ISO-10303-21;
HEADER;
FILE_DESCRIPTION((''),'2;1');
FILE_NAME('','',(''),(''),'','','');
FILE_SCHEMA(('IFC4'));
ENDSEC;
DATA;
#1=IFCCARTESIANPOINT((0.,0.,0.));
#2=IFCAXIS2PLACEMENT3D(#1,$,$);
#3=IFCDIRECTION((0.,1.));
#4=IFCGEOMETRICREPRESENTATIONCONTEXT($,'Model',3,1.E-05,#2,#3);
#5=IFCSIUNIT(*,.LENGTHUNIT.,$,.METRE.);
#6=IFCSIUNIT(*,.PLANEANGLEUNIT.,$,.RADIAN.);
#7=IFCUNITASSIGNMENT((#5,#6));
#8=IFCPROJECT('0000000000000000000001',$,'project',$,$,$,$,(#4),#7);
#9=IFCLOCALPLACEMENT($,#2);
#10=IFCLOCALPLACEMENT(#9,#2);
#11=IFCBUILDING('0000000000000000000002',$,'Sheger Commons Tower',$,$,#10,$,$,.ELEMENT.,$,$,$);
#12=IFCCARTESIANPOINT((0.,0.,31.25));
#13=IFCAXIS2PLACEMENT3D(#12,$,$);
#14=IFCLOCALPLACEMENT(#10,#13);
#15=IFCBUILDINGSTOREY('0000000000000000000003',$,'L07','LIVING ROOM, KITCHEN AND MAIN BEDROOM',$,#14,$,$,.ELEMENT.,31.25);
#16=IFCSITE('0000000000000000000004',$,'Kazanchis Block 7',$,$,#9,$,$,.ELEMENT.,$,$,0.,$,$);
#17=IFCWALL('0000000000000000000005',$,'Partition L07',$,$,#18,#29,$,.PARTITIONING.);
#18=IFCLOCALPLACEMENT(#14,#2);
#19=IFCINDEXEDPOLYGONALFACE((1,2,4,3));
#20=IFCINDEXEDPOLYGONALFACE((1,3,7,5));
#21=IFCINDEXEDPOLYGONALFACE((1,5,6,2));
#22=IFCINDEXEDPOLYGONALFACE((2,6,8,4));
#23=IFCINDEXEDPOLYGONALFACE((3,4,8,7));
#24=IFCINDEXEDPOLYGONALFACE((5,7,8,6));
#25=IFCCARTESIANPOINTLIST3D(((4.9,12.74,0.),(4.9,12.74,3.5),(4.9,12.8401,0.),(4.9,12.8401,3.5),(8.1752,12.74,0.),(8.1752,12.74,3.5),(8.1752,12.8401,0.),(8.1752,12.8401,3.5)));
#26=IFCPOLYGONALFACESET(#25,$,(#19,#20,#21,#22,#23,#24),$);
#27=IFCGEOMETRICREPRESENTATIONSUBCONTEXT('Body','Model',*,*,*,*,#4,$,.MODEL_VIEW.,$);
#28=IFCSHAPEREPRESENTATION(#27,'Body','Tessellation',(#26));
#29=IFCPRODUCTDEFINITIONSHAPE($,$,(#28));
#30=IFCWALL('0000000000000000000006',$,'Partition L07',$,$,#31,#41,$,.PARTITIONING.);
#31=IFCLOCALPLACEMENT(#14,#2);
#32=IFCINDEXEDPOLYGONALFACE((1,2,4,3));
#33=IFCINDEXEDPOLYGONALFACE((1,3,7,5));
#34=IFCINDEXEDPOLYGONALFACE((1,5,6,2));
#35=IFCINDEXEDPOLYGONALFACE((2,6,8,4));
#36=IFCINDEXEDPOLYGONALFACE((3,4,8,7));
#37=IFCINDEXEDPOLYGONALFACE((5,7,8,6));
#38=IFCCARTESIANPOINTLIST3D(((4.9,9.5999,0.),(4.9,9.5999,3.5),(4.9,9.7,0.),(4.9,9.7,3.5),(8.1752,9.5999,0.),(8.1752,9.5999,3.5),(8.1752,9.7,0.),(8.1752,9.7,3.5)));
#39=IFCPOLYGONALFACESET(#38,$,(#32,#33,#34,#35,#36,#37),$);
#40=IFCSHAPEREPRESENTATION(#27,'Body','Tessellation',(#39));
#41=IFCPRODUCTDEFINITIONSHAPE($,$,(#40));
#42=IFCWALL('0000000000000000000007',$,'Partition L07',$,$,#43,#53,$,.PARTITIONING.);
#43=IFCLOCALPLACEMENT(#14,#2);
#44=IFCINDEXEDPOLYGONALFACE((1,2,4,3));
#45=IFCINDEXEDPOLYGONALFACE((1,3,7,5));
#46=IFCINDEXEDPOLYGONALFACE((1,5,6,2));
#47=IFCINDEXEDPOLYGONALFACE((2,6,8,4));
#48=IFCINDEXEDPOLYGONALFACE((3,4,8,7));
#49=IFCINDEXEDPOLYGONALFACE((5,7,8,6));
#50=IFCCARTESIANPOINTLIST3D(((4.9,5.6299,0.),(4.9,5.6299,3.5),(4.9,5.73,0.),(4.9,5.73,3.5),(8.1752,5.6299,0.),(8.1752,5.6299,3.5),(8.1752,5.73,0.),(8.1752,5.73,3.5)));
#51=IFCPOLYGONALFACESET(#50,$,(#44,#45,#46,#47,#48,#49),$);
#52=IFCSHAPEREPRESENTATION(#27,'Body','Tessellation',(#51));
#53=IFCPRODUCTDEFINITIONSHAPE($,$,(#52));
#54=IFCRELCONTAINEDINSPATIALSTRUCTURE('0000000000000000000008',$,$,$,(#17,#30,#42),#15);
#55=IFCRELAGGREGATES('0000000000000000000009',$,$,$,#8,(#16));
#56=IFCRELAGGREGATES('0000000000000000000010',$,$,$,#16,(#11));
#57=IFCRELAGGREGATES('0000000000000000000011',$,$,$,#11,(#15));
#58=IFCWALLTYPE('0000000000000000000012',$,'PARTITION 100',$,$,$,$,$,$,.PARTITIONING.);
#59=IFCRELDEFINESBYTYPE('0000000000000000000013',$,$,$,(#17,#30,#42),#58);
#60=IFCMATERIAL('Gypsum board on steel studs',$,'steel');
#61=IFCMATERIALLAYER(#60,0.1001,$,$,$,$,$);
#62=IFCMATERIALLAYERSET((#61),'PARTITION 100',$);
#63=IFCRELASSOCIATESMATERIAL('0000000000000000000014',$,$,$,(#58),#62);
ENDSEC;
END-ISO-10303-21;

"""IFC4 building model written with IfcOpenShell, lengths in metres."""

from ifc_helpers import new_model, si_unit, direction, frame, frame_2d, origin, place, context, subcontext, project, spatial, rectangle, extrude, material, layer, layer_set, type_object, element, save


model = new_model("IFC4")

# Units and contexts
model_context = context("Model", 3, precision=1e-05, world=origin(), true_north=direction((0.0, 1.0)))
body_context = subcontext(model_context, "Body", "Model", "MODEL_VIEW")
ifc_project = project(units=[si_unit("LENGTHUNIT", "METRE"), si_unit("PLANEANGLEUNIT", "RADIAN")], contexts=[model_context])

# Site, building, storey
site_placement = place(None, origin())
site = spatial("IfcSite", under=ifc_project, at=site_placement, Name="Kazanchis Block 7", CompositionType="ELEMENT", RefElevation=0.0)
building_placement = place(site_placement, origin())
building = spatial("IfcBuilding", under=site, at=building_placement, Name="Sheger Commons Tower", CompositionType="ELEMENT")
storey_placement = place(building_placement, frame((0.0, 0.0, 31.25)))
storey = spatial("IfcBuildingStorey", under=building, at=storey_placement, Name="L07", Description="LIVING ROOM, KITCHEN AND MAIN BEDROOM", CompositionType="ELEMENT", Elevation=31.25)

# Shared definitions
ifc_material_1 = material(Name="Gypsum board on steel studs", Category="steel")
ifc_layer = layer(ifc_material_1, 0.1001)
ifc_layer_set = layer_set([ifc_layer], Name="PARTITION 100")
wall_type = type_object("IfcWallType", Name="PARTITION 100", PredefinedType="PARTITIONING", material=ifc_layer_set)

# Walls
for number, where, z_axis, x_axis, name in (
    (1, (4.8999, 12.79, 0.0), (0.0, 0.0, 1.0), (1.0, 0.0, 0.0), "Partition L07"),
    (2, (4.8999, 9.6499, 0.0), (0.0, 0.0, 1.0), (1.0, 0.0, 0.0), "Partition L07"),
    (3, (4.8999, 5.6799, 0.0), (0.0, 0.0, 1.0), (1.0, 0.0, 0.0), "Partition L07"),
):
    element("IfcWall", number, at=place(storey_placement, frame(where, z_axis=z_axis, x_axis=x_axis)), inside=storey, type_object=wall_type, Name=name, PredefinedType="PARTITIONING", context=body_context, shape_type="SweptSolid", body=[
        extrude(rectangle(XDim=3.2751, YDim=0.1001, at=frame_2d((1.6377, 0.0))), origin(), (0.0, 0.0, 1.0), 3.5),
    ])

save(model, "model.ifc")
